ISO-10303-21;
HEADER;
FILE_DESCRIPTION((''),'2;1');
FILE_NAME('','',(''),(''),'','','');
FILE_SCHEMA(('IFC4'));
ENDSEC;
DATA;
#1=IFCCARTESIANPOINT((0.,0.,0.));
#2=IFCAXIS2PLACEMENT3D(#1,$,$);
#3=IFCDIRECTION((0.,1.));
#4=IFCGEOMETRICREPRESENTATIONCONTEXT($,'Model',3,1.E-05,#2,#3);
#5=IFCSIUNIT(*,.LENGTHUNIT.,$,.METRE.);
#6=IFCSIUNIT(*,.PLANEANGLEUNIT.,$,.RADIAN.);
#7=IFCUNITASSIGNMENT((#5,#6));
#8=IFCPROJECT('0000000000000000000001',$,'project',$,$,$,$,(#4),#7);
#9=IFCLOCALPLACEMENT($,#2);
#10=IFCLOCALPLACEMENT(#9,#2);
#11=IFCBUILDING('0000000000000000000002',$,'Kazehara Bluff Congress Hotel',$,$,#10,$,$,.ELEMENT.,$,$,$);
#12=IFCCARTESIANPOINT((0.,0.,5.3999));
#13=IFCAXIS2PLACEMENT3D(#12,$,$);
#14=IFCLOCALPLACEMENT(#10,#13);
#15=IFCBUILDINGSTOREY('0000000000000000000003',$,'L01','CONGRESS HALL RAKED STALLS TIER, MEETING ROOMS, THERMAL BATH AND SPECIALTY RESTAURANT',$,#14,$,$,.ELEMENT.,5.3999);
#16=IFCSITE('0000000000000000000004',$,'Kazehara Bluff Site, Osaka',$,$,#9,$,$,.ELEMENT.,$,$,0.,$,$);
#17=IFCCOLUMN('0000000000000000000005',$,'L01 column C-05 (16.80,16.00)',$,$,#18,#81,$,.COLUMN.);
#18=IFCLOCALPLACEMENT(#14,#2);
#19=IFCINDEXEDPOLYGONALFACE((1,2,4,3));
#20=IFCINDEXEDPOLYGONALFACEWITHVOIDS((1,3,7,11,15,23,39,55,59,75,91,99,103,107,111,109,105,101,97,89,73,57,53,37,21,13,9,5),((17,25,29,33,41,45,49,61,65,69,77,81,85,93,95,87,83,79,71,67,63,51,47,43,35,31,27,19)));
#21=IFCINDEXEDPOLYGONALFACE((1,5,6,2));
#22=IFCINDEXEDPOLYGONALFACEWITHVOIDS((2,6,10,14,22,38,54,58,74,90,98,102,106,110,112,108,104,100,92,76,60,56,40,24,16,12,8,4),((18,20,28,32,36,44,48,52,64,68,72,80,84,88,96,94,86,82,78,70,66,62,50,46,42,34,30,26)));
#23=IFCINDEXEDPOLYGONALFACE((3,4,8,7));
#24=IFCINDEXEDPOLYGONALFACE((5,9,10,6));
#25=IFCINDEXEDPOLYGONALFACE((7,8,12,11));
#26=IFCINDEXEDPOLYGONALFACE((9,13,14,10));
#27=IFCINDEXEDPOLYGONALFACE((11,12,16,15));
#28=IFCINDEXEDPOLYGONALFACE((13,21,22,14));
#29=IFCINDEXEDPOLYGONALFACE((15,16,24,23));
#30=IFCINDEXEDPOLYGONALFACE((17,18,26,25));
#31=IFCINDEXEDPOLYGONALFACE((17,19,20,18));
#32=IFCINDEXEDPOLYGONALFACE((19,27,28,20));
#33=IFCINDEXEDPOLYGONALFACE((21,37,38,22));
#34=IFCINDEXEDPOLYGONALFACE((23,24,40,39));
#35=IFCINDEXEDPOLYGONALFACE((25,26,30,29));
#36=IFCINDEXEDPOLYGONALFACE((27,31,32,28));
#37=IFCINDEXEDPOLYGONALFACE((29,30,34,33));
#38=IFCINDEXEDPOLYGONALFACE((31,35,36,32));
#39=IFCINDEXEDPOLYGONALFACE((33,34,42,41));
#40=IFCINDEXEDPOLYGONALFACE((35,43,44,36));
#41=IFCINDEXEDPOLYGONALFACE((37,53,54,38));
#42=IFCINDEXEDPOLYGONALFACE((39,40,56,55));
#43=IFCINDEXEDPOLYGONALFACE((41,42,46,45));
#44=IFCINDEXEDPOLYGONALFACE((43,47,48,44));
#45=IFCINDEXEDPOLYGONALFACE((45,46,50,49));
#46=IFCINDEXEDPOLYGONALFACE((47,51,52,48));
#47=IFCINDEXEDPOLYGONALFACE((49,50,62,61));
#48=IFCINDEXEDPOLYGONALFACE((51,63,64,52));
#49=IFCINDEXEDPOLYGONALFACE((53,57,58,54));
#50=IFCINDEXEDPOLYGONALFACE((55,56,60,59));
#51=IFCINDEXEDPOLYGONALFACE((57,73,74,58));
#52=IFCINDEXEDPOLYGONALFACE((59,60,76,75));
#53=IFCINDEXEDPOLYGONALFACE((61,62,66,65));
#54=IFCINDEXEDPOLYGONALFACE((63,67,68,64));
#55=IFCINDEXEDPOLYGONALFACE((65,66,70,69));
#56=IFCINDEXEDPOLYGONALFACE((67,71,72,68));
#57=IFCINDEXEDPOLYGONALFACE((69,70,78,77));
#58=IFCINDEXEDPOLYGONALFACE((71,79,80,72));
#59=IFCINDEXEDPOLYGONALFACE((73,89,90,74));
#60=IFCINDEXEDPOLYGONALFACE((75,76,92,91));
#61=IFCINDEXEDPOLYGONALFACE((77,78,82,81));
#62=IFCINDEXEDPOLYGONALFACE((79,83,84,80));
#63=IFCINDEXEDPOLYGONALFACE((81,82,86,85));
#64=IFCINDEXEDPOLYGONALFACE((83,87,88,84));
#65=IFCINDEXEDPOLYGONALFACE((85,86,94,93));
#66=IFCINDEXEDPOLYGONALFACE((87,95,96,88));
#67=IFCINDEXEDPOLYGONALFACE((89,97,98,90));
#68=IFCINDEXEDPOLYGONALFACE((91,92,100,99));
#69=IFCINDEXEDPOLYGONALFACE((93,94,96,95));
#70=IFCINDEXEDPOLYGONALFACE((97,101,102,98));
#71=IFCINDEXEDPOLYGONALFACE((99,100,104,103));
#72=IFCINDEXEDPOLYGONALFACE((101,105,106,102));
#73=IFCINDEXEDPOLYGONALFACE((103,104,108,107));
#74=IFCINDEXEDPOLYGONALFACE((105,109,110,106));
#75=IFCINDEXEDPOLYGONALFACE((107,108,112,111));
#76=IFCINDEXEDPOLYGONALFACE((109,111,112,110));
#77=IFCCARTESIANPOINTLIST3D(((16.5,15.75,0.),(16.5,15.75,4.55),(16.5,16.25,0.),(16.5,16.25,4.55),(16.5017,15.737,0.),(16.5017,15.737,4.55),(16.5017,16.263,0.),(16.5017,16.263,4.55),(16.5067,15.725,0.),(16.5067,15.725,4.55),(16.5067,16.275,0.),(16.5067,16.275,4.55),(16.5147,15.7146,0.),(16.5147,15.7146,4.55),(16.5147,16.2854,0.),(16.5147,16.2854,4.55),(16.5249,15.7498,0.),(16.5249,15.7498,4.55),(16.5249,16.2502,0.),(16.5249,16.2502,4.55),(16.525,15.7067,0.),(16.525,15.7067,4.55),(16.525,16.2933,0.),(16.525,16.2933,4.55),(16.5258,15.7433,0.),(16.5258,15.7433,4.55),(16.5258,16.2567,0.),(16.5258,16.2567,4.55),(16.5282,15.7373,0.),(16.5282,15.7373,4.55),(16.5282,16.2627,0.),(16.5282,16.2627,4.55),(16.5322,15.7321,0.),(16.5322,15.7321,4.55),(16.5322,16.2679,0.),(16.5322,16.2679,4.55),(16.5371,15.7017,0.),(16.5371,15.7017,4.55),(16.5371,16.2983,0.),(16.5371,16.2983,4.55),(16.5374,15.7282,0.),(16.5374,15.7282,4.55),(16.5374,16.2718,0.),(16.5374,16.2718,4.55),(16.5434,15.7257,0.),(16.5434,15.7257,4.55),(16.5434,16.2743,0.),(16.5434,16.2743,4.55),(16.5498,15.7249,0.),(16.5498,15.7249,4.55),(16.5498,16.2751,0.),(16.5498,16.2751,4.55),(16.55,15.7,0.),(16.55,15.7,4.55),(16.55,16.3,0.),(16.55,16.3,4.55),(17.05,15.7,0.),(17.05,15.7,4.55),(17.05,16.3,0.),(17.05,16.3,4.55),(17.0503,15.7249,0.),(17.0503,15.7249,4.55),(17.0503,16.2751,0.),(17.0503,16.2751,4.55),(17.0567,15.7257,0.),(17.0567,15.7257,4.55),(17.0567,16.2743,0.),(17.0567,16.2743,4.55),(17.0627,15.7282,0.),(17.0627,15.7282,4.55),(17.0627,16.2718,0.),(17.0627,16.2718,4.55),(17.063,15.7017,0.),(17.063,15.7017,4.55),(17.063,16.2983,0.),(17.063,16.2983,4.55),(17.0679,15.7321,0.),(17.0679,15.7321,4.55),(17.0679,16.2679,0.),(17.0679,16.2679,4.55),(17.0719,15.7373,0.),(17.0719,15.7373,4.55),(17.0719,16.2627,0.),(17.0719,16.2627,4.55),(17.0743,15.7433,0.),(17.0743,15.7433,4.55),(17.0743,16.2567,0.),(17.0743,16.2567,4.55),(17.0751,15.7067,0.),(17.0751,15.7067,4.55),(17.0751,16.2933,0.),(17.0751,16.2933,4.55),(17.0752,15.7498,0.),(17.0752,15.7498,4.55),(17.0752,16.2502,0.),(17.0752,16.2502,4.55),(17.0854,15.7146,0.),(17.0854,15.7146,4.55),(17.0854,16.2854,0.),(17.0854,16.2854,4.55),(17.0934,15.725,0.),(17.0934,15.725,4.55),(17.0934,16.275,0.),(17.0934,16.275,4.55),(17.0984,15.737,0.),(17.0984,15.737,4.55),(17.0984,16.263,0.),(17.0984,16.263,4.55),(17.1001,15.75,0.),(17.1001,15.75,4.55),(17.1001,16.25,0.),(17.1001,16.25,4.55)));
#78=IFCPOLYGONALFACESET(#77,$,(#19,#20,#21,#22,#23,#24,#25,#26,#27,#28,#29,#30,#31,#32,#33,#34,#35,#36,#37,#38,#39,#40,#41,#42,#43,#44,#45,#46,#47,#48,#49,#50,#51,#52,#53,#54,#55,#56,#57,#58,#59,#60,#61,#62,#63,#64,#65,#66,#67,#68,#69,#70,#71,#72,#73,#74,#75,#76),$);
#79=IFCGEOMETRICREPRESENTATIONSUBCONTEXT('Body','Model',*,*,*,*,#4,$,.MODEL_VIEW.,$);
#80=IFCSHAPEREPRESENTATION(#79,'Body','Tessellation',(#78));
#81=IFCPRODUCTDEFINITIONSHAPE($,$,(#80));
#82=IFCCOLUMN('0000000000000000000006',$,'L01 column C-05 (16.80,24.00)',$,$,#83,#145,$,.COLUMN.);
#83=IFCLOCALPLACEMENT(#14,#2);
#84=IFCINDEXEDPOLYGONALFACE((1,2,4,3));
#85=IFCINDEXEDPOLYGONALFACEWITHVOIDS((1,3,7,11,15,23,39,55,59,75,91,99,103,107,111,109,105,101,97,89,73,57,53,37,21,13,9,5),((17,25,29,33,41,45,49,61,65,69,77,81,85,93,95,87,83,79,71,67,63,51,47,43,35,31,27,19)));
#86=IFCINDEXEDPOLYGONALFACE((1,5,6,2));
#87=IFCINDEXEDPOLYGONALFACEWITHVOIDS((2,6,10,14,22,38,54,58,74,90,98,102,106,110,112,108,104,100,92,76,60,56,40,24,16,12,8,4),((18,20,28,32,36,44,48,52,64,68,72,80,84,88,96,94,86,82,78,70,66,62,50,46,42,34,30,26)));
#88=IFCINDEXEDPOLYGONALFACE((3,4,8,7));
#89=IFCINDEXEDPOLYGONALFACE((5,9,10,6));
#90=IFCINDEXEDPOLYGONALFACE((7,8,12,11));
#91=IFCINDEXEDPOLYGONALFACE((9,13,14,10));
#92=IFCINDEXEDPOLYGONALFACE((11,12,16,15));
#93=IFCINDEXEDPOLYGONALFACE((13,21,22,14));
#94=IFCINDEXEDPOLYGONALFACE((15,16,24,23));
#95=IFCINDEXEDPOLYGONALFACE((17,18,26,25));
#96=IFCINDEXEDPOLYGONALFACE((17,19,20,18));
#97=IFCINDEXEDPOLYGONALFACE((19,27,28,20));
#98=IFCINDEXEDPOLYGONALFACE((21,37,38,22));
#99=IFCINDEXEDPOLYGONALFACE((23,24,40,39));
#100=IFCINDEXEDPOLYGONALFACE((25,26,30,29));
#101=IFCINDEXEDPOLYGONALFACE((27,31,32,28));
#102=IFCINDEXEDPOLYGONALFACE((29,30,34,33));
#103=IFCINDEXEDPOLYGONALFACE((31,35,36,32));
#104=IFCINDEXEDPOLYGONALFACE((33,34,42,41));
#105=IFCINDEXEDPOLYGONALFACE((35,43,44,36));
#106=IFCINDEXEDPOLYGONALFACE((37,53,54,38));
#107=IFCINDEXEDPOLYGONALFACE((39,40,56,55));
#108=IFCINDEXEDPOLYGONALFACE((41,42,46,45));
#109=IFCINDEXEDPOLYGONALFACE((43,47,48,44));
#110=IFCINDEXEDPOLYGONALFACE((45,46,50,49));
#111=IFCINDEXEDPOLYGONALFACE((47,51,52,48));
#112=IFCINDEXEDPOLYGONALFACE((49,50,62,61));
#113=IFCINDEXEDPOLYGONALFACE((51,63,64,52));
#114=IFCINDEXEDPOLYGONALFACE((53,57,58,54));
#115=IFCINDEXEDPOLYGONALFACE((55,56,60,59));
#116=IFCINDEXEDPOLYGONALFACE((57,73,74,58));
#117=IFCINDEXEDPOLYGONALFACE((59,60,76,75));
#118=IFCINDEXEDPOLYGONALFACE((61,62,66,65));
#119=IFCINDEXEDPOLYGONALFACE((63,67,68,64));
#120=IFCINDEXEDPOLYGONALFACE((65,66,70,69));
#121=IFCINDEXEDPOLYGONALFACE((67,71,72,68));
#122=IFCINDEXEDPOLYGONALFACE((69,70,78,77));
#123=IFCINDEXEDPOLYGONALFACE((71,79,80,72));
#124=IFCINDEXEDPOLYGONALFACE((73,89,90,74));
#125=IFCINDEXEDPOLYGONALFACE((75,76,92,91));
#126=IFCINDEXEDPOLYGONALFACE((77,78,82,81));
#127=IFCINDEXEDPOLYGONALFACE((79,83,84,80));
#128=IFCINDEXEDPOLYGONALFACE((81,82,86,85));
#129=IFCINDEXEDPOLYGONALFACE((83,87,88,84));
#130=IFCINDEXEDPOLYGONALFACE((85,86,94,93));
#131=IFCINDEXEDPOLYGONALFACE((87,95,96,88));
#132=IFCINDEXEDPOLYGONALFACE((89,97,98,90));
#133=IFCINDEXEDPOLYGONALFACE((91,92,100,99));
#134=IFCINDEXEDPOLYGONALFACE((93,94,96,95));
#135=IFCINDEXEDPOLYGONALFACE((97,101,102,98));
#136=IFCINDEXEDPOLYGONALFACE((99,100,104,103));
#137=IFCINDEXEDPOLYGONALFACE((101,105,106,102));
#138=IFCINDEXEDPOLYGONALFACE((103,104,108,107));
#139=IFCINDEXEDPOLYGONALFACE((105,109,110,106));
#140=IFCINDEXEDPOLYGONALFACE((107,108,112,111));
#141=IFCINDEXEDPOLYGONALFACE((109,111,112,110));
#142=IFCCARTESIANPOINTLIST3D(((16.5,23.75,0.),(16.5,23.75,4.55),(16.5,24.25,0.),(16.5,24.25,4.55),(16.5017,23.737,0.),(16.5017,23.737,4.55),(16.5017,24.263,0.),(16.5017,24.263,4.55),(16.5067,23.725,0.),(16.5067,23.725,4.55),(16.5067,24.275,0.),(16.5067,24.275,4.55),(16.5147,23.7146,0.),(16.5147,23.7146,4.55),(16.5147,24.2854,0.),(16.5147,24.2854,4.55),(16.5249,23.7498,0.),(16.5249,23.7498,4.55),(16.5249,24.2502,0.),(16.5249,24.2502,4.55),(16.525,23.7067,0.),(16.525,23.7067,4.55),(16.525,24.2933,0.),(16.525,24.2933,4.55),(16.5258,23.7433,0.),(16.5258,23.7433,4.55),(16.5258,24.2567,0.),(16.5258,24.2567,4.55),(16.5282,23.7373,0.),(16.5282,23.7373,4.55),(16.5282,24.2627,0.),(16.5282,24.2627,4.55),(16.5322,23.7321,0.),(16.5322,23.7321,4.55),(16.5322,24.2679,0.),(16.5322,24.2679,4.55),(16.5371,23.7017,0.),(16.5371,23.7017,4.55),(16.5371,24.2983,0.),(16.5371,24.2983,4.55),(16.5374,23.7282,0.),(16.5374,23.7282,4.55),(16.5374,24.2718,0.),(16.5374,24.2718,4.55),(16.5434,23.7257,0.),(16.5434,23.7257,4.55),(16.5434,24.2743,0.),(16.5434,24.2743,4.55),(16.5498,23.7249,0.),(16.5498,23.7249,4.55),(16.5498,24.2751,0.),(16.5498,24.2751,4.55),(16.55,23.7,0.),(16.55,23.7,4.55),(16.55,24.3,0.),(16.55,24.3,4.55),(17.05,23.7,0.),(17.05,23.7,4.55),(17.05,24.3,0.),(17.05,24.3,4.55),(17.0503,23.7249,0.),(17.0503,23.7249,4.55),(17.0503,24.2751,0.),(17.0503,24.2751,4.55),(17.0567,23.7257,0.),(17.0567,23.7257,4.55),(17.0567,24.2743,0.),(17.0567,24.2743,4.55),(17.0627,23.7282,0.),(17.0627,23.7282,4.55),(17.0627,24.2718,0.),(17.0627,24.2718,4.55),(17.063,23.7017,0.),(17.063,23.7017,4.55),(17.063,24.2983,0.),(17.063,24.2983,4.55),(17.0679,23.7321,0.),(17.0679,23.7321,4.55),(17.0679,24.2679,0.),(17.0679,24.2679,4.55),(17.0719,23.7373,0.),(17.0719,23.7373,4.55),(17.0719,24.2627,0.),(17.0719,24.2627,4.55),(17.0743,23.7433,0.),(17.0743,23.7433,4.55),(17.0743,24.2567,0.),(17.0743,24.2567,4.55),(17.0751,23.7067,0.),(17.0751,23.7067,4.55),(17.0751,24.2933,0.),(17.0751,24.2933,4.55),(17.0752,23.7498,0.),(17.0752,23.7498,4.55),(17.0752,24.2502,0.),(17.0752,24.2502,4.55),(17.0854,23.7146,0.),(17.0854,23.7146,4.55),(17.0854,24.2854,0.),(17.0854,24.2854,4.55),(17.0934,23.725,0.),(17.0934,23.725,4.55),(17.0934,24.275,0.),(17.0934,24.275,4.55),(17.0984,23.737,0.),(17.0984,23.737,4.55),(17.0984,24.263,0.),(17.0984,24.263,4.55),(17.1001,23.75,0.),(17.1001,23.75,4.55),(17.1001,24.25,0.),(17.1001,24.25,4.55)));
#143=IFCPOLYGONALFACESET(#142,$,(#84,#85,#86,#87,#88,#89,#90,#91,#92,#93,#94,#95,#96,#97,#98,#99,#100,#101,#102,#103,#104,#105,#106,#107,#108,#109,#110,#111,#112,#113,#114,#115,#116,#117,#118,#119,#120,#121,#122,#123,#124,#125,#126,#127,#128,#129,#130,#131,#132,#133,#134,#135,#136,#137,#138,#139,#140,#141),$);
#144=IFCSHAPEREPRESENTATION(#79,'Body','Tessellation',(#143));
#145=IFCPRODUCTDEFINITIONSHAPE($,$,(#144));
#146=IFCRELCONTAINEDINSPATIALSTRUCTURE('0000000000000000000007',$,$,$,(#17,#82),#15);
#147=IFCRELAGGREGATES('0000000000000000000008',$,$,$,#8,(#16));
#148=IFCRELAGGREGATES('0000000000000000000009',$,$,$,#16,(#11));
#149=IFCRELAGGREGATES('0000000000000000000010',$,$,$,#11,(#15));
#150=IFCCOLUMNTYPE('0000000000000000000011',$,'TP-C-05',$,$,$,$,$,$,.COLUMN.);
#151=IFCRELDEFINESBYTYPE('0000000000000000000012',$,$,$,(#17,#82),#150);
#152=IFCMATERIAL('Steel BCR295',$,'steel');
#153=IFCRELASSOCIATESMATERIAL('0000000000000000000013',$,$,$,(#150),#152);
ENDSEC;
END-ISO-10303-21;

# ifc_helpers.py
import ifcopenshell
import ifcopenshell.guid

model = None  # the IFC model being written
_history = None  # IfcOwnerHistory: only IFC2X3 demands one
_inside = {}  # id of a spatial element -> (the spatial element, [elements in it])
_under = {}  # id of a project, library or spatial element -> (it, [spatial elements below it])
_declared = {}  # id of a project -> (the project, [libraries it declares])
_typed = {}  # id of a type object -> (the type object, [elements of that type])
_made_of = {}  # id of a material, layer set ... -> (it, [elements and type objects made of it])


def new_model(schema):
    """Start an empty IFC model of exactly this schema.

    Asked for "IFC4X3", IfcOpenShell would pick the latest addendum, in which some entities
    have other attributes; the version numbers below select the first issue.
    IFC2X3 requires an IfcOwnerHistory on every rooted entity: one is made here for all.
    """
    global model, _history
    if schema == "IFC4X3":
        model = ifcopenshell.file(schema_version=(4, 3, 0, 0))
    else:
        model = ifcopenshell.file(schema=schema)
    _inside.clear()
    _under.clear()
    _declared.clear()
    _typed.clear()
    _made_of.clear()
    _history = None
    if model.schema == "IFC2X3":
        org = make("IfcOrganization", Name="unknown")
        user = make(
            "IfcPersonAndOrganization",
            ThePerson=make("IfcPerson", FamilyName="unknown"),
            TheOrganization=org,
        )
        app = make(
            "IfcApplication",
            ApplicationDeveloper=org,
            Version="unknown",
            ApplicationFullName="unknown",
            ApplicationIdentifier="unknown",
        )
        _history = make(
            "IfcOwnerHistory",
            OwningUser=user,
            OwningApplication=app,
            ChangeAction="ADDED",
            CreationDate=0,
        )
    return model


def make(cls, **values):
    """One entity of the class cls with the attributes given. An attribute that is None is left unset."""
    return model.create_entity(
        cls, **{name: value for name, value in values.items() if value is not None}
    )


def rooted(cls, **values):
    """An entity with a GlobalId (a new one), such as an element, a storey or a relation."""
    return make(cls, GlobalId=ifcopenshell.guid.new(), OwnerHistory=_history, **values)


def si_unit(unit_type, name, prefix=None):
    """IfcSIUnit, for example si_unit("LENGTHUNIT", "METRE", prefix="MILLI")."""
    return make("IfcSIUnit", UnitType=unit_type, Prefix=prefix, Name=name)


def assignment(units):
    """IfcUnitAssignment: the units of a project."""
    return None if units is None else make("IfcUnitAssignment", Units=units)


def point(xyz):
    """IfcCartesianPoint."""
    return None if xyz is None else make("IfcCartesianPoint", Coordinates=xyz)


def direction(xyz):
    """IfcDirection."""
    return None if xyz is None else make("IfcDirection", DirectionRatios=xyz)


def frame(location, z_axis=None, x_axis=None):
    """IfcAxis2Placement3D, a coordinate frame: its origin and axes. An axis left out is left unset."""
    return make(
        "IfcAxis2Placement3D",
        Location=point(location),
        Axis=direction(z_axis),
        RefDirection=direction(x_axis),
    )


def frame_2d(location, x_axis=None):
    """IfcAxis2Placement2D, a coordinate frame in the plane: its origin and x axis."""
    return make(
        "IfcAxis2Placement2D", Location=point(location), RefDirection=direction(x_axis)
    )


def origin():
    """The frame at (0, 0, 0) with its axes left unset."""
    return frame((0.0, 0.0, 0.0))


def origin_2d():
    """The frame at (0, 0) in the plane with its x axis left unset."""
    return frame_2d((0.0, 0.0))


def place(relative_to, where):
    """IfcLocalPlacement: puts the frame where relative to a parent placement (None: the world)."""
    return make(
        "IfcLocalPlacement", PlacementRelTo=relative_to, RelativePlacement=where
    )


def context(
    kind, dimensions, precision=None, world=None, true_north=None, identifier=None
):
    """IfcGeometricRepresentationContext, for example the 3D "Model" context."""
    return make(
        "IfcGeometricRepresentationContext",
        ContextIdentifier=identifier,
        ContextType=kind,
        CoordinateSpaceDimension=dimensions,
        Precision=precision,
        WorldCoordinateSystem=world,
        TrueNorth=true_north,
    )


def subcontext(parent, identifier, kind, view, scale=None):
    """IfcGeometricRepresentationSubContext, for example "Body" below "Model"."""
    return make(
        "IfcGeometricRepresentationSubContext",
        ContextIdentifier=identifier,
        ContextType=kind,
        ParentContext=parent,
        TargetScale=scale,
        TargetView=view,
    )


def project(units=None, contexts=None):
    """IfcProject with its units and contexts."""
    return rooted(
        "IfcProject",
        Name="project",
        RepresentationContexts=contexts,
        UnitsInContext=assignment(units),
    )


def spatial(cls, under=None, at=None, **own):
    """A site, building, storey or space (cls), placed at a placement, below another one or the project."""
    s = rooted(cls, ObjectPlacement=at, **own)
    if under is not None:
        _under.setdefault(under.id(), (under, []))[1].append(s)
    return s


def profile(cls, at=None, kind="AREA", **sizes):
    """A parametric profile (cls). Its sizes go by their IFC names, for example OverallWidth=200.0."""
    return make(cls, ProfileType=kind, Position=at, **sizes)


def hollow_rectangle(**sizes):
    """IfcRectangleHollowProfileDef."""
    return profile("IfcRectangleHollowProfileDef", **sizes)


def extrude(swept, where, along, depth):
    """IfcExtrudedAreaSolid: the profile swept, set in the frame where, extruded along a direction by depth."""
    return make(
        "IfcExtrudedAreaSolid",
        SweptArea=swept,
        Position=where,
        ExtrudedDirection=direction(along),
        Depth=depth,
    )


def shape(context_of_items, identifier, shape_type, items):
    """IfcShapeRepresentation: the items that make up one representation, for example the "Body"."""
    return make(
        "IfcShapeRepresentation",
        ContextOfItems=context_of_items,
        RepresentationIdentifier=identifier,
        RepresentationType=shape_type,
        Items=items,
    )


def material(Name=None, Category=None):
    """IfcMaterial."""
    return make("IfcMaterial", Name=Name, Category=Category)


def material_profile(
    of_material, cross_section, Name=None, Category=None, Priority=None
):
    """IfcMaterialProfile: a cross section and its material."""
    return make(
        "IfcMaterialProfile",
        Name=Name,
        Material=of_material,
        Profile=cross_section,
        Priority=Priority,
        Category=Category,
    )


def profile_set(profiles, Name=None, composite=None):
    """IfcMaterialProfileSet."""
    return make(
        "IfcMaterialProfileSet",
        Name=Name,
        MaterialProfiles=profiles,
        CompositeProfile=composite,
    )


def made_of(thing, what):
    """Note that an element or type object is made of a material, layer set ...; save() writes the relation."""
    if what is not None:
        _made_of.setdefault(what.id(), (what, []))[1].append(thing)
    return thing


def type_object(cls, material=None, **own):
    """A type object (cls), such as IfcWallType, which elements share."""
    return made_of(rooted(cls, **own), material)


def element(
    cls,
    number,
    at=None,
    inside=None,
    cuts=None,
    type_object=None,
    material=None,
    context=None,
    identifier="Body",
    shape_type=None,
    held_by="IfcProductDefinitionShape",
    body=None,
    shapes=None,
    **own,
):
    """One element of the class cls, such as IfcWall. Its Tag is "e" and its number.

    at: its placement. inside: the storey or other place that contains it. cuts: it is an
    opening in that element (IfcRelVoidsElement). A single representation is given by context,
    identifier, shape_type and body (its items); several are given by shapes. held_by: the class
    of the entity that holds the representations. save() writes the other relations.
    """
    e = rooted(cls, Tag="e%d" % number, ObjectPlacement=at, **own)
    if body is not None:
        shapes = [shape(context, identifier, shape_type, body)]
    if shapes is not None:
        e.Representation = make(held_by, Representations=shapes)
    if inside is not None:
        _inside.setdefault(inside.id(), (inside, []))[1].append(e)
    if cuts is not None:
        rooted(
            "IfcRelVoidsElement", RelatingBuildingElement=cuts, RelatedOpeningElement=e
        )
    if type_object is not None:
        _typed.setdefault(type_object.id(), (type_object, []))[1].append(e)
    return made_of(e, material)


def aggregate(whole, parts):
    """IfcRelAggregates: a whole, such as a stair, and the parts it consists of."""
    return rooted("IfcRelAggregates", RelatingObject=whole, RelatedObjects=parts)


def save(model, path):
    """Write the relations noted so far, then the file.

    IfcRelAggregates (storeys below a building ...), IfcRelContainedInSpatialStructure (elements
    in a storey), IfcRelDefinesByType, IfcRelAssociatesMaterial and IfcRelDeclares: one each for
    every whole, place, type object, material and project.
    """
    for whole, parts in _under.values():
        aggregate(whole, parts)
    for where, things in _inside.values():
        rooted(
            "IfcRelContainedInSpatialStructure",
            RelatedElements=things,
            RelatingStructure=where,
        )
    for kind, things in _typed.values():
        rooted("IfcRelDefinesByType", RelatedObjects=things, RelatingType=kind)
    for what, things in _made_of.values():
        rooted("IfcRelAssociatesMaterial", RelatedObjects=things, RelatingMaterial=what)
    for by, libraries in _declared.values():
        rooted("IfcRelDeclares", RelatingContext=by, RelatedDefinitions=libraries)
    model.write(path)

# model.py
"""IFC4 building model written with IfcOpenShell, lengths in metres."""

from ifc_helpers import new_model, si_unit, direction, frame, origin, origin_2d, place, context, subcontext, project, spatial, hollow_rectangle, extrude, material, material_profile, profile_set, type_object, element, save


model = new_model("IFC4")

# Units and contexts
model_context = context("Model", 3, precision=1e-05, world=origin(), true_north=direction((0.0, 1.0)))
body_context = subcontext(model_context, "Body", "Model", "MODEL_VIEW")
ifc_project = project(units=[si_unit("LENGTHUNIT", "METRE"), si_unit("PLANEANGLEUNIT", "RADIAN")], contexts=[model_context])

# Site, building, storey
site_placement = place(None, origin())
site = spatial("IfcSite", under=ifc_project, at=site_placement, Name="Kazehara Bluff Site, Osaka", CompositionType="ELEMENT", RefElevation=0.0)
building_placement = place(site_placement, origin())
building = spatial("IfcBuilding", under=site, at=building_placement, Name="Kazehara Bluff Congress Hotel", CompositionType="ELEMENT")
storey_placement = place(building_placement, frame((0.0, 0.0, 5.3999)))
storey = spatial("IfcBuildingStorey", under=building, at=storey_placement, Name="L01", Description="CONGRESS HALL RAKED STALLS TIER, MEETING ROOMS, THERMAL BATH AND SPECIALTY RESTAURANT", CompositionType="ELEMENT", Elevation=5.3999)

# Columns
ifc_material_1 = material(Name="Steel BCR295", Category="steel")
ifc_material_profile_1 = material_profile(ifc_material_1, hollow_rectangle(XDim=0.6001, YDim=0.6001, WallThickness=0.0249, InnerFilletRadius=0.0249, OuterFilletRadius=0.05, at=origin_2d()))
ifc_profile_set_1 = profile_set([ifc_material_profile_1], Name="Steel BCR295")
column_type = type_object("IfcColumnType", Name="TP-C-05", PredefinedType="COLUMN", material=ifc_profile_set_1)
for number, where, z_axis, x_axis, name in (
    (1, (16.8, 16.0, 0.0), (0.0, 0.0, 1.0), (1.0, 0.0, 0.0), "L01 column C-05 (16.80,16.00)"),
    (2, (16.8, 24.0, 0.0), (0.0, 0.0, 1.0), (1.0, 0.0, 0.0), "L01 column C-05 (16.80,24.00)"),
):
    element("IfcColumn", number, at=place(storey_placement, frame(where, z_axis=z_axis, x_axis=x_axis)), inside=storey, type_object=column_type, Name=name, PredefinedType="COLUMN", context=body_context, shape_type="SweptSolid", body=[
        extrude(hollow_rectangle(XDim=0.6001, YDim=0.6001, WallThickness=0.0249, InnerFilletRadius=0.0249, OuterFilletRadius=0.05, at=origin_2d()), origin(), (0.0, 0.0, 1.0), 4.55),
    ])

save(model, "model.ifc")
